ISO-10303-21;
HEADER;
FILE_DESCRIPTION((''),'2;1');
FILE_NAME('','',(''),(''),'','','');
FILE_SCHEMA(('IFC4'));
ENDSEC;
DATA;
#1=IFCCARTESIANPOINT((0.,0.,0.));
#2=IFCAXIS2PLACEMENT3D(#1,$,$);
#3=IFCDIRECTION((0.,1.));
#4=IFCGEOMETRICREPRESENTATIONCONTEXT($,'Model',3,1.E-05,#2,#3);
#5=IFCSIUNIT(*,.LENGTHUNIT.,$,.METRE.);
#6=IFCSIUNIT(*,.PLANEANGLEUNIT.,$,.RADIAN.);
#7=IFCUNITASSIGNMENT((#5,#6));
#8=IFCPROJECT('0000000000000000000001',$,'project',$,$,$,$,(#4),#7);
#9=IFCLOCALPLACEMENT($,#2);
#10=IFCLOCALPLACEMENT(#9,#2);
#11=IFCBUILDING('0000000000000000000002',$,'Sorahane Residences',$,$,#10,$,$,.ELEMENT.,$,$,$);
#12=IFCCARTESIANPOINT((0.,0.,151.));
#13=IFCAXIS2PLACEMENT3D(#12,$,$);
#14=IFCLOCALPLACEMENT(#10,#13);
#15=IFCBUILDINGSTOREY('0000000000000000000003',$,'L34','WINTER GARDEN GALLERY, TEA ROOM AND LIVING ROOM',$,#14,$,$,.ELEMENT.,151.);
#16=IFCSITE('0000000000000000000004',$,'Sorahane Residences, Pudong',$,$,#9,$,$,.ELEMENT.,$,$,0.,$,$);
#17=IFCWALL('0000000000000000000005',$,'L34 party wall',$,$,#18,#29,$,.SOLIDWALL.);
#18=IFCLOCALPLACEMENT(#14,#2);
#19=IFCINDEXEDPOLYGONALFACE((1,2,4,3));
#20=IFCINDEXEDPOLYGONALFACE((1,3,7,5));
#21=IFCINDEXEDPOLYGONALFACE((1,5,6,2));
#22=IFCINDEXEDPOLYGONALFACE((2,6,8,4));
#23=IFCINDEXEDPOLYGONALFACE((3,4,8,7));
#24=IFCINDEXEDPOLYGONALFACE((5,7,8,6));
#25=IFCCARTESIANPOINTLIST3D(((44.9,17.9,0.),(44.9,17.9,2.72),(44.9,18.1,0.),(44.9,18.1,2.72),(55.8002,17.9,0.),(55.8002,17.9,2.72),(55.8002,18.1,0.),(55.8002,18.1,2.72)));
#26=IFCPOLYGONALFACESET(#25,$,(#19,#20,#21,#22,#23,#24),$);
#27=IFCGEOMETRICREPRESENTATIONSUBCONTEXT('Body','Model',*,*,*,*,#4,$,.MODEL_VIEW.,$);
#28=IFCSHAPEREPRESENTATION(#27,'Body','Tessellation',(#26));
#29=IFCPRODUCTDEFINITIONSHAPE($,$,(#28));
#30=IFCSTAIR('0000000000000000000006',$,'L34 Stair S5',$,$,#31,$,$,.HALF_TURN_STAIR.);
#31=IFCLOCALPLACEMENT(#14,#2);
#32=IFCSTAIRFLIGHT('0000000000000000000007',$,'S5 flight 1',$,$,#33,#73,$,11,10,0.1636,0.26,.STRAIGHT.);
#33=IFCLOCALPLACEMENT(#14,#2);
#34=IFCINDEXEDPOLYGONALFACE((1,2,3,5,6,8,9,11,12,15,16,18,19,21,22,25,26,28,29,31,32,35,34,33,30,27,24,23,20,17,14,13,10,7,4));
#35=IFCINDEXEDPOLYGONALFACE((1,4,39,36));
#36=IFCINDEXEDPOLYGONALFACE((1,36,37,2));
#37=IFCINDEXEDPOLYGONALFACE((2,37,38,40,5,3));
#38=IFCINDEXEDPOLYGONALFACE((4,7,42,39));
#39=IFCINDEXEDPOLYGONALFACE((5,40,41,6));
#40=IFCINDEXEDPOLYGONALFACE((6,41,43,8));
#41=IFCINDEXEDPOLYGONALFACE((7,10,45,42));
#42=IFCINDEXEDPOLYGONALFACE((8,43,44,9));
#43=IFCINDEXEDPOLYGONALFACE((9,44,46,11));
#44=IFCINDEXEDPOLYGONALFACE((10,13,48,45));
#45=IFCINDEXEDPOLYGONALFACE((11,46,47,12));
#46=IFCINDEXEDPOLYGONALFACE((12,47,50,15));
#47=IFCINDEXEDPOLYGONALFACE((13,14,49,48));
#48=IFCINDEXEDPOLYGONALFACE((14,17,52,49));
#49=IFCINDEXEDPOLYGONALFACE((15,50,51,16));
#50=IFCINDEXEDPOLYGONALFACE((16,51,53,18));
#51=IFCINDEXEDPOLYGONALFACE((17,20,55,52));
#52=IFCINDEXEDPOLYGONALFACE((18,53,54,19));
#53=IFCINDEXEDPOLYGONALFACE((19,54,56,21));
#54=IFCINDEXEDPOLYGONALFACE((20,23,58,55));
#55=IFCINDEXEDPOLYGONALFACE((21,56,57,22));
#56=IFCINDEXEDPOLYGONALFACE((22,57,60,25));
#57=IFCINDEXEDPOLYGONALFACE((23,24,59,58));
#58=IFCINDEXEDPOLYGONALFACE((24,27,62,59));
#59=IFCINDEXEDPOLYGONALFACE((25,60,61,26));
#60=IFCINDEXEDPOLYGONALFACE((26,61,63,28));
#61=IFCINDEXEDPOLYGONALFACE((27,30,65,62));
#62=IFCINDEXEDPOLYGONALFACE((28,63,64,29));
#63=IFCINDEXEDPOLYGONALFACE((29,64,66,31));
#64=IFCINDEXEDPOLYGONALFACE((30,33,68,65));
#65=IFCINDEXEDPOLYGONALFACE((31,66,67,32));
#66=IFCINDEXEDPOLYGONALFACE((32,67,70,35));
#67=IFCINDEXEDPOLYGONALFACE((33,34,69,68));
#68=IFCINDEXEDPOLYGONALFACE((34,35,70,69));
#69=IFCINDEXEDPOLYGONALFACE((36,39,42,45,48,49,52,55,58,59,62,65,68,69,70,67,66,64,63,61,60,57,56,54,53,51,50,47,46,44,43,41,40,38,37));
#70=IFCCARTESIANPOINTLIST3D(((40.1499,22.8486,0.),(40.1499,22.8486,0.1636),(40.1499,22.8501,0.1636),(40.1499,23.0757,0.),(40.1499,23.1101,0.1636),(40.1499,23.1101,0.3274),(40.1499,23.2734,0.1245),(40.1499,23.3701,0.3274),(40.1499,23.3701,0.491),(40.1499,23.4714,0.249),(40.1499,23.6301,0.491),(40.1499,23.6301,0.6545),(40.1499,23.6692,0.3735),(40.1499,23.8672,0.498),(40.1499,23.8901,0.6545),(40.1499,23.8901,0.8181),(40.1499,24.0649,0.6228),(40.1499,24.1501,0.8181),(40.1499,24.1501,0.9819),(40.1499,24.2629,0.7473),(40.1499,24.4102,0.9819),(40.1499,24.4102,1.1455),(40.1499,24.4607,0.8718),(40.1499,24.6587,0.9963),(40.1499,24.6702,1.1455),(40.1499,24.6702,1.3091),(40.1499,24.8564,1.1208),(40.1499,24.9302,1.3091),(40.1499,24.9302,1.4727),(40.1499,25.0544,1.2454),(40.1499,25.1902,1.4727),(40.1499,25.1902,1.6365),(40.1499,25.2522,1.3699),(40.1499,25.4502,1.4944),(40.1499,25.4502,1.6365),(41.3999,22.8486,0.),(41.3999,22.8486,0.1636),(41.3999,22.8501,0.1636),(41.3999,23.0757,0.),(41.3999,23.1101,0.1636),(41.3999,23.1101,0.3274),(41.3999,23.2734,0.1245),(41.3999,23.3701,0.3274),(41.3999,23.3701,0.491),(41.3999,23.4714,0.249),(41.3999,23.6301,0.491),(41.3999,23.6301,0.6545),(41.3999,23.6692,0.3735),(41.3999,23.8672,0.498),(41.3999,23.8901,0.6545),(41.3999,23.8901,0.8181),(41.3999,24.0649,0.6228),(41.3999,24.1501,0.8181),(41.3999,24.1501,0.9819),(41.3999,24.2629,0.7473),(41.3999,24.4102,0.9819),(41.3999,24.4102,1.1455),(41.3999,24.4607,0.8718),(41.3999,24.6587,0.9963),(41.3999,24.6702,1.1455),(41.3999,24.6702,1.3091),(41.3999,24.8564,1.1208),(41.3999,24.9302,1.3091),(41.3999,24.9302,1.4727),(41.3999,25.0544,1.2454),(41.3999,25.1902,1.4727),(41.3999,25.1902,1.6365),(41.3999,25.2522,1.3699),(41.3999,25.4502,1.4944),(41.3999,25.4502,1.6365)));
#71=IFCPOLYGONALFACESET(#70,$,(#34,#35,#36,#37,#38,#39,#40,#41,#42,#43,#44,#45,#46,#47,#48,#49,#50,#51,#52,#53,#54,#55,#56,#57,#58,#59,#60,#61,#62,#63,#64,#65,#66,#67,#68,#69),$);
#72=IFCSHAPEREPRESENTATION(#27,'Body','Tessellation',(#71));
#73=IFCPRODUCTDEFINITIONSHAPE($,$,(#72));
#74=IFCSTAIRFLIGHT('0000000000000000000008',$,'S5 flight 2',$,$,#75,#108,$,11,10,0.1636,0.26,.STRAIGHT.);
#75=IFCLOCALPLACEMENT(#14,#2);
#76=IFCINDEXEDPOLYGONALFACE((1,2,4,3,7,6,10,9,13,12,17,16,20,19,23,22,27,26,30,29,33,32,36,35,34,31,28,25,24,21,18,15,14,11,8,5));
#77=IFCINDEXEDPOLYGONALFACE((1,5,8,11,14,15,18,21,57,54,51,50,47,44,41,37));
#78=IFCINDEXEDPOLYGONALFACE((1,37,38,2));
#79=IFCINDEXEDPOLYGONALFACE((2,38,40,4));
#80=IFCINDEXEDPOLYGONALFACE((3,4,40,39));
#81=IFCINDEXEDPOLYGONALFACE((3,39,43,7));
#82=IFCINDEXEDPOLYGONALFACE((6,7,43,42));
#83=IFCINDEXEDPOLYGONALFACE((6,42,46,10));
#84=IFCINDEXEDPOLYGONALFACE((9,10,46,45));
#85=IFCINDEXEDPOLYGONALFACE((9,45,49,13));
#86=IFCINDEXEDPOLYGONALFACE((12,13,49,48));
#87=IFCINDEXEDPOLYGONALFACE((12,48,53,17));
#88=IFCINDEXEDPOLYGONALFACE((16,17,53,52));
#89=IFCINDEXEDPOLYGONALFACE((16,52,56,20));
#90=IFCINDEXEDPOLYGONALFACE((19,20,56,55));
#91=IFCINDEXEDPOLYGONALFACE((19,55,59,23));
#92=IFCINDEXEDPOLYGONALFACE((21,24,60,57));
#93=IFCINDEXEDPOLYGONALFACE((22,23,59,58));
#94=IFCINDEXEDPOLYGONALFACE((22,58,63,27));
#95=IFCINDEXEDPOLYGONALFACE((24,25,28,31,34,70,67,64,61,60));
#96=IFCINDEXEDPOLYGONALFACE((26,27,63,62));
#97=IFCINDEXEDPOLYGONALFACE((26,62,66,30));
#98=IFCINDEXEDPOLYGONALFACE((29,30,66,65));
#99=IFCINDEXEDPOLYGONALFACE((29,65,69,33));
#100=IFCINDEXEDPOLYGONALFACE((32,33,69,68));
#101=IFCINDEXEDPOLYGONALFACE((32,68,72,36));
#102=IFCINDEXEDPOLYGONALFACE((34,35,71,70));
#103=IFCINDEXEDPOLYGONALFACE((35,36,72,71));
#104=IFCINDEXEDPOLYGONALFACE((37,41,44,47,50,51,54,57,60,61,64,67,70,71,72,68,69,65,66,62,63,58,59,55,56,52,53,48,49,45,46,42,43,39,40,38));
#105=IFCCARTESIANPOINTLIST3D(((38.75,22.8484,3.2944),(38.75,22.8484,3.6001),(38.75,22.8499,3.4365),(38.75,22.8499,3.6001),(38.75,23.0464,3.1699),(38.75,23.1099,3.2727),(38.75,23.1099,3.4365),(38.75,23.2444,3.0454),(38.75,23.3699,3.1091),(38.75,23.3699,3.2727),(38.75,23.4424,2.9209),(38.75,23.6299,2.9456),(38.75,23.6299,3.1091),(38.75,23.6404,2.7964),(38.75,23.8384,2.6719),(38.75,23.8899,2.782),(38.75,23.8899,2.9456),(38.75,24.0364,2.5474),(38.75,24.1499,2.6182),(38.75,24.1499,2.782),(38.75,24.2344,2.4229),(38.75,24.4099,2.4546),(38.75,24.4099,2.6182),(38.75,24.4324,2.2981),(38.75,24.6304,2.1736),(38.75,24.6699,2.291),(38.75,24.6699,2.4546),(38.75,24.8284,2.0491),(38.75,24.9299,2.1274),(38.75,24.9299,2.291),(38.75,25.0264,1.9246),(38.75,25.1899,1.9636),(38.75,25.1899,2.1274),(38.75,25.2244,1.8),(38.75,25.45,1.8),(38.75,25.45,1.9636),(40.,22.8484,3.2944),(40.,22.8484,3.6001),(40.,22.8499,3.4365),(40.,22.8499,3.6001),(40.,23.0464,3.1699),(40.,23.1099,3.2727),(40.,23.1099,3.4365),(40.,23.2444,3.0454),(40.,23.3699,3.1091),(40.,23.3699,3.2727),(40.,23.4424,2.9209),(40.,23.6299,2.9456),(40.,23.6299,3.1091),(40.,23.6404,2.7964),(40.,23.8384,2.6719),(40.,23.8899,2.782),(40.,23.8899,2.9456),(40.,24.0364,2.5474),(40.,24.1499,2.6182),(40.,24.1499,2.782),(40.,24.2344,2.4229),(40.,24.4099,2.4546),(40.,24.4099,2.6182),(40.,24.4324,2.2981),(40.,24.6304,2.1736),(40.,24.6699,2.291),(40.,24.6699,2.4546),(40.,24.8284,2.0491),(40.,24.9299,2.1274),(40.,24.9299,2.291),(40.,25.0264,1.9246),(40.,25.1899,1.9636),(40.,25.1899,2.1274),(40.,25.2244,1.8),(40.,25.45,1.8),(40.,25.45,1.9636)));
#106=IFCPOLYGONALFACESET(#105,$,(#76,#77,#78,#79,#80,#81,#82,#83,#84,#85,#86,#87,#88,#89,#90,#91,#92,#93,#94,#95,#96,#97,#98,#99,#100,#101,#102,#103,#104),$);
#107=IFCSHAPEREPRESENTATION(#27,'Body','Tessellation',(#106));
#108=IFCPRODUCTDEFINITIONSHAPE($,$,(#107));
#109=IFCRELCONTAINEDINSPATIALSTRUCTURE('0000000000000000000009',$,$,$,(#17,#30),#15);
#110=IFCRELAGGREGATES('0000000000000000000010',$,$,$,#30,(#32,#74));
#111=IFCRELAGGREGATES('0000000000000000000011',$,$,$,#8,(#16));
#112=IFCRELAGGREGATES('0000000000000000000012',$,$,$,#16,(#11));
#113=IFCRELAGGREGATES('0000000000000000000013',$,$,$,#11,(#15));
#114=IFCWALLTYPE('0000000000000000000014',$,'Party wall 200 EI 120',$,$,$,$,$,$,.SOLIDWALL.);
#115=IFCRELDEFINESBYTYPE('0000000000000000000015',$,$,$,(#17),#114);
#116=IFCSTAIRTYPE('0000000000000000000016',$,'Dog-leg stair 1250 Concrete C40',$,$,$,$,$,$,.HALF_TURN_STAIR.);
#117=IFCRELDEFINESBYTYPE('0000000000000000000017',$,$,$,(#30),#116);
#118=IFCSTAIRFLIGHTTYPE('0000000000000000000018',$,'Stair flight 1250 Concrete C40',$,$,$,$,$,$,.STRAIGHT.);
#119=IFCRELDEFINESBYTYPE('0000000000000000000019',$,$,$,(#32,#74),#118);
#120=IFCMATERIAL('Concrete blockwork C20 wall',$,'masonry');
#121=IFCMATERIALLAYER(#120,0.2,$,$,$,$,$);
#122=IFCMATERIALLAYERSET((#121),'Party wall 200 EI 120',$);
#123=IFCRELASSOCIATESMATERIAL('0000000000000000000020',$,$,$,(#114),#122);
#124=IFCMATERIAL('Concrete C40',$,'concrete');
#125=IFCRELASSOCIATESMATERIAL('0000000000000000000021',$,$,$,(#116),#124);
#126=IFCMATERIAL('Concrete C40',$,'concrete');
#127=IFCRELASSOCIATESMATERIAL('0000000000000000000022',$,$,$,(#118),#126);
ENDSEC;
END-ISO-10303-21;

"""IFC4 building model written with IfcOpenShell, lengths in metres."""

from ifc_helpers import new_model, si_unit, direction, frame, frame_2d, origin, place, context, subcontext, project, spatial, polyline, rectangle, outline, extrude, material, layer, layer_set, type_object, element, aggregate, save


model = new_model("IFC4")

# Units and contexts
model_context = context("Model", 3, precision=1e-05, world=origin(), true_north=direction((0.0, 1.0)))
body_context = subcontext(model_context, "Body", "Model", "MODEL_VIEW")
ifc_project = project(units=[si_unit("LENGTHUNIT", "METRE"), si_unit("PLANEANGLEUNIT", "RADIAN")], contexts=[model_context])

# Site, building, storey
site_placement = place(None, origin())
site = spatial("IfcSite", under=ifc_project, at=site_placement, Name="Sorahane Residences, Pudong", CompositionType="ELEMENT", RefElevation=0.0)
building_placement = place(site_placement, origin())
building = spatial("IfcBuilding", under=site, at=building_placement, Name="Sorahane Residences", CompositionType="ELEMENT")
storey_placement = place(building_placement, frame((0.0, 0.0, 151.0)))
storey = spatial("IfcBuildingStorey", under=building, at=storey_placement, Name="L34", Description="WINTER GARDEN GALLERY, TEA ROOM AND LIVING ROOM", CompositionType="ELEMENT", Elevation=151.0)

# Wall
ifc_material_1 = material(Name="Concrete blockwork C20 wall", Category="masonry")
ifc_layer_1 = layer(ifc_material_1, 0.2)
ifc_layer_set_1 = layer_set([ifc_layer_1], Name="Party wall 200 EI 120")
wall_type_1 = type_object("IfcWallType", Name="Party wall 200 EI 120", PredefinedType="SOLIDWALL", material=ifc_layer_set_1)
wall_1_placement = place(storey_placement, frame((44.8999, 18.0, 0.0), z_axis=(0.0, 0.0, 1.0), x_axis=(1.0, 0.0, 0.0)))
element("IfcWall", 1, at=wall_1_placement, inside=storey, type_object=wall_type_1, Name="L34 party wall", PredefinedType="SOLIDWALL", context=body_context, shape_type="SweptSolid", body=[
    extrude(rectangle(XDim=10.9001, YDim=0.2, at=frame_2d((5.4502, 0.0))), origin(), (0.0, 0.0, 1.0), 2.72),
])

# Stair, stair flights
ifc_material_2 = material(Name="Concrete C40", Category="concrete")
stair_type = type_object("IfcStairType", Name="Dog-leg stair 1250 Concrete C40", PredefinedType="HALF_TURN_STAIR", material=ifc_material_2)
stair_placement = place(storey_placement, origin())
stair = element("IfcStair", 2, at=stair_placement, inside=storey, type_object=stair_type, Name="L34 Stair S5", PredefinedType="HALF_TURN_STAIR")
ifc_material_3 = material(Name="Concrete C40", Category="concrete")
stair_flight_type = type_object("IfcStairFlightType", Name="Stair flight 1250 Concrete C40", PredefinedType="STRAIGHT", material=ifc_material_3)
stair_flight_1_placement = place(storey_placement, frame((40.7749, 22.8501, 0.0), z_axis=(0.0, 0.0, 1.0), x_axis=(0.0, 1.0, 0.0)))
stair_flight_1 = element("IfcStairFlight", 3, at=stair_flight_1_placement, type_object=stair_flight_type, Name="S5 flight 1", NumberOfRisers=11, NumberOfTreads=10, PredefinedType="STRAIGHT", RiserHeight=0.1636, TreadLength=0.26, context=body_context, shape_type="SweptSolid", body=[
    extrude(outline(polyline([(-0.0015, 0.0), (-0.0015, 0.1636), (0.0, 0.1636), (0.26, 0.1636), (0.26, 0.3274), (0.52, 0.3274), (0.52, 0.491), (0.78, 0.491), (0.78, 0.6545), (1.04, 0.6545), (1.04, 0.8181), (1.3, 0.8181), (1.3, 0.9819), (1.5601, 0.9819), (1.5601, 1.1455), (1.8201, 1.1455), (1.8201, 1.3091), (2.0801, 1.3091), (2.0801, 1.4727), (2.3401, 1.4727), (2.3401, 1.6365), (2.6001, 1.6365), (2.6001, 1.8), (2.6001, 1.4944), (2.4021, 1.3699), (2.2043, 1.2454), (2.0063, 1.1208), (1.8086, 0.9963), (1.6106, 0.8718), (1.4128, 0.7473), (1.2148, 0.6228), (1.0171, 0.498), (0.8191, 0.3735), (0.6213, 0.249), (0.4233, 0.1245), (0.2256, 0.0), (-0.0015, 0.0)])), frame((0.0, 0.625, 0.0), z_axis=(0.0, -1.0, 0.0), x_axis=(1.0, 0.0, 0.0)), (0.0, 0.0, 1.0), 1.25),
])
stair_flight_2_placement = place(storey_placement, frame((39.375, 25.45, 1.8), z_axis=(0.0, 0.0, 1.0), x_axis=(0.0, -1.0, 0.0)))
stair_flight_2 = element("IfcStairFlight", 4, at=stair_flight_2_placement, type_object=stair_flight_type, Name="S5 flight 2", NumberOfRisers=11, NumberOfTreads=10, PredefinedType="STRAIGHT", RiserHeight=0.1636, TreadLength=0.26, context=body_context, shape_type="SweptSolid", body=[
    extrude(outline(polyline([(0.0, 0.0), (0.0, 0.1636), (0.26, 0.1636), (0.26, 0.3274), (0.52, 0.3274), (0.52, 0.491), (0.78, 0.491), (0.78, 0.6545), (1.04, 0.6545), (1.04, 0.8181), (1.3, 0.8181), (1.3, 0.9819), (1.5601, 0.9819), (1.5601, 1.1455), (1.8201, 1.1455), (1.8201, 1.3091), (2.0801, 1.3091), (2.0801, 1.4727), (2.3401, 1.4727), (2.3401, 1.6365), (2.6001, 1.6365), (2.6001, 1.8), (2.6016, 1.8), (2.6016, 1.4944), (2.4036, 1.3699), (2.2056, 1.2454), (2.0076, 1.1208), (1.8096, 0.9963), (1.6116, 0.8718), (1.4136, 0.7473), (1.2156, 0.6228), (1.0176, 0.498), (0.8196, 0.3735), (0.6216, 0.249), (0.4236, 0.1245), (0.2256, 0.0), (0.0, 0.0)])), frame((0.0, 0.625, 0.0), z_axis=(0.0, -1.0, 0.0), x_axis=(1.0, 0.0, 0.0)), (0.0, 0.0, 1.0), 1.25),
])
aggregate(stair, [stair_flight_1, stair_flight_2])

save(model, "model.ifc")
